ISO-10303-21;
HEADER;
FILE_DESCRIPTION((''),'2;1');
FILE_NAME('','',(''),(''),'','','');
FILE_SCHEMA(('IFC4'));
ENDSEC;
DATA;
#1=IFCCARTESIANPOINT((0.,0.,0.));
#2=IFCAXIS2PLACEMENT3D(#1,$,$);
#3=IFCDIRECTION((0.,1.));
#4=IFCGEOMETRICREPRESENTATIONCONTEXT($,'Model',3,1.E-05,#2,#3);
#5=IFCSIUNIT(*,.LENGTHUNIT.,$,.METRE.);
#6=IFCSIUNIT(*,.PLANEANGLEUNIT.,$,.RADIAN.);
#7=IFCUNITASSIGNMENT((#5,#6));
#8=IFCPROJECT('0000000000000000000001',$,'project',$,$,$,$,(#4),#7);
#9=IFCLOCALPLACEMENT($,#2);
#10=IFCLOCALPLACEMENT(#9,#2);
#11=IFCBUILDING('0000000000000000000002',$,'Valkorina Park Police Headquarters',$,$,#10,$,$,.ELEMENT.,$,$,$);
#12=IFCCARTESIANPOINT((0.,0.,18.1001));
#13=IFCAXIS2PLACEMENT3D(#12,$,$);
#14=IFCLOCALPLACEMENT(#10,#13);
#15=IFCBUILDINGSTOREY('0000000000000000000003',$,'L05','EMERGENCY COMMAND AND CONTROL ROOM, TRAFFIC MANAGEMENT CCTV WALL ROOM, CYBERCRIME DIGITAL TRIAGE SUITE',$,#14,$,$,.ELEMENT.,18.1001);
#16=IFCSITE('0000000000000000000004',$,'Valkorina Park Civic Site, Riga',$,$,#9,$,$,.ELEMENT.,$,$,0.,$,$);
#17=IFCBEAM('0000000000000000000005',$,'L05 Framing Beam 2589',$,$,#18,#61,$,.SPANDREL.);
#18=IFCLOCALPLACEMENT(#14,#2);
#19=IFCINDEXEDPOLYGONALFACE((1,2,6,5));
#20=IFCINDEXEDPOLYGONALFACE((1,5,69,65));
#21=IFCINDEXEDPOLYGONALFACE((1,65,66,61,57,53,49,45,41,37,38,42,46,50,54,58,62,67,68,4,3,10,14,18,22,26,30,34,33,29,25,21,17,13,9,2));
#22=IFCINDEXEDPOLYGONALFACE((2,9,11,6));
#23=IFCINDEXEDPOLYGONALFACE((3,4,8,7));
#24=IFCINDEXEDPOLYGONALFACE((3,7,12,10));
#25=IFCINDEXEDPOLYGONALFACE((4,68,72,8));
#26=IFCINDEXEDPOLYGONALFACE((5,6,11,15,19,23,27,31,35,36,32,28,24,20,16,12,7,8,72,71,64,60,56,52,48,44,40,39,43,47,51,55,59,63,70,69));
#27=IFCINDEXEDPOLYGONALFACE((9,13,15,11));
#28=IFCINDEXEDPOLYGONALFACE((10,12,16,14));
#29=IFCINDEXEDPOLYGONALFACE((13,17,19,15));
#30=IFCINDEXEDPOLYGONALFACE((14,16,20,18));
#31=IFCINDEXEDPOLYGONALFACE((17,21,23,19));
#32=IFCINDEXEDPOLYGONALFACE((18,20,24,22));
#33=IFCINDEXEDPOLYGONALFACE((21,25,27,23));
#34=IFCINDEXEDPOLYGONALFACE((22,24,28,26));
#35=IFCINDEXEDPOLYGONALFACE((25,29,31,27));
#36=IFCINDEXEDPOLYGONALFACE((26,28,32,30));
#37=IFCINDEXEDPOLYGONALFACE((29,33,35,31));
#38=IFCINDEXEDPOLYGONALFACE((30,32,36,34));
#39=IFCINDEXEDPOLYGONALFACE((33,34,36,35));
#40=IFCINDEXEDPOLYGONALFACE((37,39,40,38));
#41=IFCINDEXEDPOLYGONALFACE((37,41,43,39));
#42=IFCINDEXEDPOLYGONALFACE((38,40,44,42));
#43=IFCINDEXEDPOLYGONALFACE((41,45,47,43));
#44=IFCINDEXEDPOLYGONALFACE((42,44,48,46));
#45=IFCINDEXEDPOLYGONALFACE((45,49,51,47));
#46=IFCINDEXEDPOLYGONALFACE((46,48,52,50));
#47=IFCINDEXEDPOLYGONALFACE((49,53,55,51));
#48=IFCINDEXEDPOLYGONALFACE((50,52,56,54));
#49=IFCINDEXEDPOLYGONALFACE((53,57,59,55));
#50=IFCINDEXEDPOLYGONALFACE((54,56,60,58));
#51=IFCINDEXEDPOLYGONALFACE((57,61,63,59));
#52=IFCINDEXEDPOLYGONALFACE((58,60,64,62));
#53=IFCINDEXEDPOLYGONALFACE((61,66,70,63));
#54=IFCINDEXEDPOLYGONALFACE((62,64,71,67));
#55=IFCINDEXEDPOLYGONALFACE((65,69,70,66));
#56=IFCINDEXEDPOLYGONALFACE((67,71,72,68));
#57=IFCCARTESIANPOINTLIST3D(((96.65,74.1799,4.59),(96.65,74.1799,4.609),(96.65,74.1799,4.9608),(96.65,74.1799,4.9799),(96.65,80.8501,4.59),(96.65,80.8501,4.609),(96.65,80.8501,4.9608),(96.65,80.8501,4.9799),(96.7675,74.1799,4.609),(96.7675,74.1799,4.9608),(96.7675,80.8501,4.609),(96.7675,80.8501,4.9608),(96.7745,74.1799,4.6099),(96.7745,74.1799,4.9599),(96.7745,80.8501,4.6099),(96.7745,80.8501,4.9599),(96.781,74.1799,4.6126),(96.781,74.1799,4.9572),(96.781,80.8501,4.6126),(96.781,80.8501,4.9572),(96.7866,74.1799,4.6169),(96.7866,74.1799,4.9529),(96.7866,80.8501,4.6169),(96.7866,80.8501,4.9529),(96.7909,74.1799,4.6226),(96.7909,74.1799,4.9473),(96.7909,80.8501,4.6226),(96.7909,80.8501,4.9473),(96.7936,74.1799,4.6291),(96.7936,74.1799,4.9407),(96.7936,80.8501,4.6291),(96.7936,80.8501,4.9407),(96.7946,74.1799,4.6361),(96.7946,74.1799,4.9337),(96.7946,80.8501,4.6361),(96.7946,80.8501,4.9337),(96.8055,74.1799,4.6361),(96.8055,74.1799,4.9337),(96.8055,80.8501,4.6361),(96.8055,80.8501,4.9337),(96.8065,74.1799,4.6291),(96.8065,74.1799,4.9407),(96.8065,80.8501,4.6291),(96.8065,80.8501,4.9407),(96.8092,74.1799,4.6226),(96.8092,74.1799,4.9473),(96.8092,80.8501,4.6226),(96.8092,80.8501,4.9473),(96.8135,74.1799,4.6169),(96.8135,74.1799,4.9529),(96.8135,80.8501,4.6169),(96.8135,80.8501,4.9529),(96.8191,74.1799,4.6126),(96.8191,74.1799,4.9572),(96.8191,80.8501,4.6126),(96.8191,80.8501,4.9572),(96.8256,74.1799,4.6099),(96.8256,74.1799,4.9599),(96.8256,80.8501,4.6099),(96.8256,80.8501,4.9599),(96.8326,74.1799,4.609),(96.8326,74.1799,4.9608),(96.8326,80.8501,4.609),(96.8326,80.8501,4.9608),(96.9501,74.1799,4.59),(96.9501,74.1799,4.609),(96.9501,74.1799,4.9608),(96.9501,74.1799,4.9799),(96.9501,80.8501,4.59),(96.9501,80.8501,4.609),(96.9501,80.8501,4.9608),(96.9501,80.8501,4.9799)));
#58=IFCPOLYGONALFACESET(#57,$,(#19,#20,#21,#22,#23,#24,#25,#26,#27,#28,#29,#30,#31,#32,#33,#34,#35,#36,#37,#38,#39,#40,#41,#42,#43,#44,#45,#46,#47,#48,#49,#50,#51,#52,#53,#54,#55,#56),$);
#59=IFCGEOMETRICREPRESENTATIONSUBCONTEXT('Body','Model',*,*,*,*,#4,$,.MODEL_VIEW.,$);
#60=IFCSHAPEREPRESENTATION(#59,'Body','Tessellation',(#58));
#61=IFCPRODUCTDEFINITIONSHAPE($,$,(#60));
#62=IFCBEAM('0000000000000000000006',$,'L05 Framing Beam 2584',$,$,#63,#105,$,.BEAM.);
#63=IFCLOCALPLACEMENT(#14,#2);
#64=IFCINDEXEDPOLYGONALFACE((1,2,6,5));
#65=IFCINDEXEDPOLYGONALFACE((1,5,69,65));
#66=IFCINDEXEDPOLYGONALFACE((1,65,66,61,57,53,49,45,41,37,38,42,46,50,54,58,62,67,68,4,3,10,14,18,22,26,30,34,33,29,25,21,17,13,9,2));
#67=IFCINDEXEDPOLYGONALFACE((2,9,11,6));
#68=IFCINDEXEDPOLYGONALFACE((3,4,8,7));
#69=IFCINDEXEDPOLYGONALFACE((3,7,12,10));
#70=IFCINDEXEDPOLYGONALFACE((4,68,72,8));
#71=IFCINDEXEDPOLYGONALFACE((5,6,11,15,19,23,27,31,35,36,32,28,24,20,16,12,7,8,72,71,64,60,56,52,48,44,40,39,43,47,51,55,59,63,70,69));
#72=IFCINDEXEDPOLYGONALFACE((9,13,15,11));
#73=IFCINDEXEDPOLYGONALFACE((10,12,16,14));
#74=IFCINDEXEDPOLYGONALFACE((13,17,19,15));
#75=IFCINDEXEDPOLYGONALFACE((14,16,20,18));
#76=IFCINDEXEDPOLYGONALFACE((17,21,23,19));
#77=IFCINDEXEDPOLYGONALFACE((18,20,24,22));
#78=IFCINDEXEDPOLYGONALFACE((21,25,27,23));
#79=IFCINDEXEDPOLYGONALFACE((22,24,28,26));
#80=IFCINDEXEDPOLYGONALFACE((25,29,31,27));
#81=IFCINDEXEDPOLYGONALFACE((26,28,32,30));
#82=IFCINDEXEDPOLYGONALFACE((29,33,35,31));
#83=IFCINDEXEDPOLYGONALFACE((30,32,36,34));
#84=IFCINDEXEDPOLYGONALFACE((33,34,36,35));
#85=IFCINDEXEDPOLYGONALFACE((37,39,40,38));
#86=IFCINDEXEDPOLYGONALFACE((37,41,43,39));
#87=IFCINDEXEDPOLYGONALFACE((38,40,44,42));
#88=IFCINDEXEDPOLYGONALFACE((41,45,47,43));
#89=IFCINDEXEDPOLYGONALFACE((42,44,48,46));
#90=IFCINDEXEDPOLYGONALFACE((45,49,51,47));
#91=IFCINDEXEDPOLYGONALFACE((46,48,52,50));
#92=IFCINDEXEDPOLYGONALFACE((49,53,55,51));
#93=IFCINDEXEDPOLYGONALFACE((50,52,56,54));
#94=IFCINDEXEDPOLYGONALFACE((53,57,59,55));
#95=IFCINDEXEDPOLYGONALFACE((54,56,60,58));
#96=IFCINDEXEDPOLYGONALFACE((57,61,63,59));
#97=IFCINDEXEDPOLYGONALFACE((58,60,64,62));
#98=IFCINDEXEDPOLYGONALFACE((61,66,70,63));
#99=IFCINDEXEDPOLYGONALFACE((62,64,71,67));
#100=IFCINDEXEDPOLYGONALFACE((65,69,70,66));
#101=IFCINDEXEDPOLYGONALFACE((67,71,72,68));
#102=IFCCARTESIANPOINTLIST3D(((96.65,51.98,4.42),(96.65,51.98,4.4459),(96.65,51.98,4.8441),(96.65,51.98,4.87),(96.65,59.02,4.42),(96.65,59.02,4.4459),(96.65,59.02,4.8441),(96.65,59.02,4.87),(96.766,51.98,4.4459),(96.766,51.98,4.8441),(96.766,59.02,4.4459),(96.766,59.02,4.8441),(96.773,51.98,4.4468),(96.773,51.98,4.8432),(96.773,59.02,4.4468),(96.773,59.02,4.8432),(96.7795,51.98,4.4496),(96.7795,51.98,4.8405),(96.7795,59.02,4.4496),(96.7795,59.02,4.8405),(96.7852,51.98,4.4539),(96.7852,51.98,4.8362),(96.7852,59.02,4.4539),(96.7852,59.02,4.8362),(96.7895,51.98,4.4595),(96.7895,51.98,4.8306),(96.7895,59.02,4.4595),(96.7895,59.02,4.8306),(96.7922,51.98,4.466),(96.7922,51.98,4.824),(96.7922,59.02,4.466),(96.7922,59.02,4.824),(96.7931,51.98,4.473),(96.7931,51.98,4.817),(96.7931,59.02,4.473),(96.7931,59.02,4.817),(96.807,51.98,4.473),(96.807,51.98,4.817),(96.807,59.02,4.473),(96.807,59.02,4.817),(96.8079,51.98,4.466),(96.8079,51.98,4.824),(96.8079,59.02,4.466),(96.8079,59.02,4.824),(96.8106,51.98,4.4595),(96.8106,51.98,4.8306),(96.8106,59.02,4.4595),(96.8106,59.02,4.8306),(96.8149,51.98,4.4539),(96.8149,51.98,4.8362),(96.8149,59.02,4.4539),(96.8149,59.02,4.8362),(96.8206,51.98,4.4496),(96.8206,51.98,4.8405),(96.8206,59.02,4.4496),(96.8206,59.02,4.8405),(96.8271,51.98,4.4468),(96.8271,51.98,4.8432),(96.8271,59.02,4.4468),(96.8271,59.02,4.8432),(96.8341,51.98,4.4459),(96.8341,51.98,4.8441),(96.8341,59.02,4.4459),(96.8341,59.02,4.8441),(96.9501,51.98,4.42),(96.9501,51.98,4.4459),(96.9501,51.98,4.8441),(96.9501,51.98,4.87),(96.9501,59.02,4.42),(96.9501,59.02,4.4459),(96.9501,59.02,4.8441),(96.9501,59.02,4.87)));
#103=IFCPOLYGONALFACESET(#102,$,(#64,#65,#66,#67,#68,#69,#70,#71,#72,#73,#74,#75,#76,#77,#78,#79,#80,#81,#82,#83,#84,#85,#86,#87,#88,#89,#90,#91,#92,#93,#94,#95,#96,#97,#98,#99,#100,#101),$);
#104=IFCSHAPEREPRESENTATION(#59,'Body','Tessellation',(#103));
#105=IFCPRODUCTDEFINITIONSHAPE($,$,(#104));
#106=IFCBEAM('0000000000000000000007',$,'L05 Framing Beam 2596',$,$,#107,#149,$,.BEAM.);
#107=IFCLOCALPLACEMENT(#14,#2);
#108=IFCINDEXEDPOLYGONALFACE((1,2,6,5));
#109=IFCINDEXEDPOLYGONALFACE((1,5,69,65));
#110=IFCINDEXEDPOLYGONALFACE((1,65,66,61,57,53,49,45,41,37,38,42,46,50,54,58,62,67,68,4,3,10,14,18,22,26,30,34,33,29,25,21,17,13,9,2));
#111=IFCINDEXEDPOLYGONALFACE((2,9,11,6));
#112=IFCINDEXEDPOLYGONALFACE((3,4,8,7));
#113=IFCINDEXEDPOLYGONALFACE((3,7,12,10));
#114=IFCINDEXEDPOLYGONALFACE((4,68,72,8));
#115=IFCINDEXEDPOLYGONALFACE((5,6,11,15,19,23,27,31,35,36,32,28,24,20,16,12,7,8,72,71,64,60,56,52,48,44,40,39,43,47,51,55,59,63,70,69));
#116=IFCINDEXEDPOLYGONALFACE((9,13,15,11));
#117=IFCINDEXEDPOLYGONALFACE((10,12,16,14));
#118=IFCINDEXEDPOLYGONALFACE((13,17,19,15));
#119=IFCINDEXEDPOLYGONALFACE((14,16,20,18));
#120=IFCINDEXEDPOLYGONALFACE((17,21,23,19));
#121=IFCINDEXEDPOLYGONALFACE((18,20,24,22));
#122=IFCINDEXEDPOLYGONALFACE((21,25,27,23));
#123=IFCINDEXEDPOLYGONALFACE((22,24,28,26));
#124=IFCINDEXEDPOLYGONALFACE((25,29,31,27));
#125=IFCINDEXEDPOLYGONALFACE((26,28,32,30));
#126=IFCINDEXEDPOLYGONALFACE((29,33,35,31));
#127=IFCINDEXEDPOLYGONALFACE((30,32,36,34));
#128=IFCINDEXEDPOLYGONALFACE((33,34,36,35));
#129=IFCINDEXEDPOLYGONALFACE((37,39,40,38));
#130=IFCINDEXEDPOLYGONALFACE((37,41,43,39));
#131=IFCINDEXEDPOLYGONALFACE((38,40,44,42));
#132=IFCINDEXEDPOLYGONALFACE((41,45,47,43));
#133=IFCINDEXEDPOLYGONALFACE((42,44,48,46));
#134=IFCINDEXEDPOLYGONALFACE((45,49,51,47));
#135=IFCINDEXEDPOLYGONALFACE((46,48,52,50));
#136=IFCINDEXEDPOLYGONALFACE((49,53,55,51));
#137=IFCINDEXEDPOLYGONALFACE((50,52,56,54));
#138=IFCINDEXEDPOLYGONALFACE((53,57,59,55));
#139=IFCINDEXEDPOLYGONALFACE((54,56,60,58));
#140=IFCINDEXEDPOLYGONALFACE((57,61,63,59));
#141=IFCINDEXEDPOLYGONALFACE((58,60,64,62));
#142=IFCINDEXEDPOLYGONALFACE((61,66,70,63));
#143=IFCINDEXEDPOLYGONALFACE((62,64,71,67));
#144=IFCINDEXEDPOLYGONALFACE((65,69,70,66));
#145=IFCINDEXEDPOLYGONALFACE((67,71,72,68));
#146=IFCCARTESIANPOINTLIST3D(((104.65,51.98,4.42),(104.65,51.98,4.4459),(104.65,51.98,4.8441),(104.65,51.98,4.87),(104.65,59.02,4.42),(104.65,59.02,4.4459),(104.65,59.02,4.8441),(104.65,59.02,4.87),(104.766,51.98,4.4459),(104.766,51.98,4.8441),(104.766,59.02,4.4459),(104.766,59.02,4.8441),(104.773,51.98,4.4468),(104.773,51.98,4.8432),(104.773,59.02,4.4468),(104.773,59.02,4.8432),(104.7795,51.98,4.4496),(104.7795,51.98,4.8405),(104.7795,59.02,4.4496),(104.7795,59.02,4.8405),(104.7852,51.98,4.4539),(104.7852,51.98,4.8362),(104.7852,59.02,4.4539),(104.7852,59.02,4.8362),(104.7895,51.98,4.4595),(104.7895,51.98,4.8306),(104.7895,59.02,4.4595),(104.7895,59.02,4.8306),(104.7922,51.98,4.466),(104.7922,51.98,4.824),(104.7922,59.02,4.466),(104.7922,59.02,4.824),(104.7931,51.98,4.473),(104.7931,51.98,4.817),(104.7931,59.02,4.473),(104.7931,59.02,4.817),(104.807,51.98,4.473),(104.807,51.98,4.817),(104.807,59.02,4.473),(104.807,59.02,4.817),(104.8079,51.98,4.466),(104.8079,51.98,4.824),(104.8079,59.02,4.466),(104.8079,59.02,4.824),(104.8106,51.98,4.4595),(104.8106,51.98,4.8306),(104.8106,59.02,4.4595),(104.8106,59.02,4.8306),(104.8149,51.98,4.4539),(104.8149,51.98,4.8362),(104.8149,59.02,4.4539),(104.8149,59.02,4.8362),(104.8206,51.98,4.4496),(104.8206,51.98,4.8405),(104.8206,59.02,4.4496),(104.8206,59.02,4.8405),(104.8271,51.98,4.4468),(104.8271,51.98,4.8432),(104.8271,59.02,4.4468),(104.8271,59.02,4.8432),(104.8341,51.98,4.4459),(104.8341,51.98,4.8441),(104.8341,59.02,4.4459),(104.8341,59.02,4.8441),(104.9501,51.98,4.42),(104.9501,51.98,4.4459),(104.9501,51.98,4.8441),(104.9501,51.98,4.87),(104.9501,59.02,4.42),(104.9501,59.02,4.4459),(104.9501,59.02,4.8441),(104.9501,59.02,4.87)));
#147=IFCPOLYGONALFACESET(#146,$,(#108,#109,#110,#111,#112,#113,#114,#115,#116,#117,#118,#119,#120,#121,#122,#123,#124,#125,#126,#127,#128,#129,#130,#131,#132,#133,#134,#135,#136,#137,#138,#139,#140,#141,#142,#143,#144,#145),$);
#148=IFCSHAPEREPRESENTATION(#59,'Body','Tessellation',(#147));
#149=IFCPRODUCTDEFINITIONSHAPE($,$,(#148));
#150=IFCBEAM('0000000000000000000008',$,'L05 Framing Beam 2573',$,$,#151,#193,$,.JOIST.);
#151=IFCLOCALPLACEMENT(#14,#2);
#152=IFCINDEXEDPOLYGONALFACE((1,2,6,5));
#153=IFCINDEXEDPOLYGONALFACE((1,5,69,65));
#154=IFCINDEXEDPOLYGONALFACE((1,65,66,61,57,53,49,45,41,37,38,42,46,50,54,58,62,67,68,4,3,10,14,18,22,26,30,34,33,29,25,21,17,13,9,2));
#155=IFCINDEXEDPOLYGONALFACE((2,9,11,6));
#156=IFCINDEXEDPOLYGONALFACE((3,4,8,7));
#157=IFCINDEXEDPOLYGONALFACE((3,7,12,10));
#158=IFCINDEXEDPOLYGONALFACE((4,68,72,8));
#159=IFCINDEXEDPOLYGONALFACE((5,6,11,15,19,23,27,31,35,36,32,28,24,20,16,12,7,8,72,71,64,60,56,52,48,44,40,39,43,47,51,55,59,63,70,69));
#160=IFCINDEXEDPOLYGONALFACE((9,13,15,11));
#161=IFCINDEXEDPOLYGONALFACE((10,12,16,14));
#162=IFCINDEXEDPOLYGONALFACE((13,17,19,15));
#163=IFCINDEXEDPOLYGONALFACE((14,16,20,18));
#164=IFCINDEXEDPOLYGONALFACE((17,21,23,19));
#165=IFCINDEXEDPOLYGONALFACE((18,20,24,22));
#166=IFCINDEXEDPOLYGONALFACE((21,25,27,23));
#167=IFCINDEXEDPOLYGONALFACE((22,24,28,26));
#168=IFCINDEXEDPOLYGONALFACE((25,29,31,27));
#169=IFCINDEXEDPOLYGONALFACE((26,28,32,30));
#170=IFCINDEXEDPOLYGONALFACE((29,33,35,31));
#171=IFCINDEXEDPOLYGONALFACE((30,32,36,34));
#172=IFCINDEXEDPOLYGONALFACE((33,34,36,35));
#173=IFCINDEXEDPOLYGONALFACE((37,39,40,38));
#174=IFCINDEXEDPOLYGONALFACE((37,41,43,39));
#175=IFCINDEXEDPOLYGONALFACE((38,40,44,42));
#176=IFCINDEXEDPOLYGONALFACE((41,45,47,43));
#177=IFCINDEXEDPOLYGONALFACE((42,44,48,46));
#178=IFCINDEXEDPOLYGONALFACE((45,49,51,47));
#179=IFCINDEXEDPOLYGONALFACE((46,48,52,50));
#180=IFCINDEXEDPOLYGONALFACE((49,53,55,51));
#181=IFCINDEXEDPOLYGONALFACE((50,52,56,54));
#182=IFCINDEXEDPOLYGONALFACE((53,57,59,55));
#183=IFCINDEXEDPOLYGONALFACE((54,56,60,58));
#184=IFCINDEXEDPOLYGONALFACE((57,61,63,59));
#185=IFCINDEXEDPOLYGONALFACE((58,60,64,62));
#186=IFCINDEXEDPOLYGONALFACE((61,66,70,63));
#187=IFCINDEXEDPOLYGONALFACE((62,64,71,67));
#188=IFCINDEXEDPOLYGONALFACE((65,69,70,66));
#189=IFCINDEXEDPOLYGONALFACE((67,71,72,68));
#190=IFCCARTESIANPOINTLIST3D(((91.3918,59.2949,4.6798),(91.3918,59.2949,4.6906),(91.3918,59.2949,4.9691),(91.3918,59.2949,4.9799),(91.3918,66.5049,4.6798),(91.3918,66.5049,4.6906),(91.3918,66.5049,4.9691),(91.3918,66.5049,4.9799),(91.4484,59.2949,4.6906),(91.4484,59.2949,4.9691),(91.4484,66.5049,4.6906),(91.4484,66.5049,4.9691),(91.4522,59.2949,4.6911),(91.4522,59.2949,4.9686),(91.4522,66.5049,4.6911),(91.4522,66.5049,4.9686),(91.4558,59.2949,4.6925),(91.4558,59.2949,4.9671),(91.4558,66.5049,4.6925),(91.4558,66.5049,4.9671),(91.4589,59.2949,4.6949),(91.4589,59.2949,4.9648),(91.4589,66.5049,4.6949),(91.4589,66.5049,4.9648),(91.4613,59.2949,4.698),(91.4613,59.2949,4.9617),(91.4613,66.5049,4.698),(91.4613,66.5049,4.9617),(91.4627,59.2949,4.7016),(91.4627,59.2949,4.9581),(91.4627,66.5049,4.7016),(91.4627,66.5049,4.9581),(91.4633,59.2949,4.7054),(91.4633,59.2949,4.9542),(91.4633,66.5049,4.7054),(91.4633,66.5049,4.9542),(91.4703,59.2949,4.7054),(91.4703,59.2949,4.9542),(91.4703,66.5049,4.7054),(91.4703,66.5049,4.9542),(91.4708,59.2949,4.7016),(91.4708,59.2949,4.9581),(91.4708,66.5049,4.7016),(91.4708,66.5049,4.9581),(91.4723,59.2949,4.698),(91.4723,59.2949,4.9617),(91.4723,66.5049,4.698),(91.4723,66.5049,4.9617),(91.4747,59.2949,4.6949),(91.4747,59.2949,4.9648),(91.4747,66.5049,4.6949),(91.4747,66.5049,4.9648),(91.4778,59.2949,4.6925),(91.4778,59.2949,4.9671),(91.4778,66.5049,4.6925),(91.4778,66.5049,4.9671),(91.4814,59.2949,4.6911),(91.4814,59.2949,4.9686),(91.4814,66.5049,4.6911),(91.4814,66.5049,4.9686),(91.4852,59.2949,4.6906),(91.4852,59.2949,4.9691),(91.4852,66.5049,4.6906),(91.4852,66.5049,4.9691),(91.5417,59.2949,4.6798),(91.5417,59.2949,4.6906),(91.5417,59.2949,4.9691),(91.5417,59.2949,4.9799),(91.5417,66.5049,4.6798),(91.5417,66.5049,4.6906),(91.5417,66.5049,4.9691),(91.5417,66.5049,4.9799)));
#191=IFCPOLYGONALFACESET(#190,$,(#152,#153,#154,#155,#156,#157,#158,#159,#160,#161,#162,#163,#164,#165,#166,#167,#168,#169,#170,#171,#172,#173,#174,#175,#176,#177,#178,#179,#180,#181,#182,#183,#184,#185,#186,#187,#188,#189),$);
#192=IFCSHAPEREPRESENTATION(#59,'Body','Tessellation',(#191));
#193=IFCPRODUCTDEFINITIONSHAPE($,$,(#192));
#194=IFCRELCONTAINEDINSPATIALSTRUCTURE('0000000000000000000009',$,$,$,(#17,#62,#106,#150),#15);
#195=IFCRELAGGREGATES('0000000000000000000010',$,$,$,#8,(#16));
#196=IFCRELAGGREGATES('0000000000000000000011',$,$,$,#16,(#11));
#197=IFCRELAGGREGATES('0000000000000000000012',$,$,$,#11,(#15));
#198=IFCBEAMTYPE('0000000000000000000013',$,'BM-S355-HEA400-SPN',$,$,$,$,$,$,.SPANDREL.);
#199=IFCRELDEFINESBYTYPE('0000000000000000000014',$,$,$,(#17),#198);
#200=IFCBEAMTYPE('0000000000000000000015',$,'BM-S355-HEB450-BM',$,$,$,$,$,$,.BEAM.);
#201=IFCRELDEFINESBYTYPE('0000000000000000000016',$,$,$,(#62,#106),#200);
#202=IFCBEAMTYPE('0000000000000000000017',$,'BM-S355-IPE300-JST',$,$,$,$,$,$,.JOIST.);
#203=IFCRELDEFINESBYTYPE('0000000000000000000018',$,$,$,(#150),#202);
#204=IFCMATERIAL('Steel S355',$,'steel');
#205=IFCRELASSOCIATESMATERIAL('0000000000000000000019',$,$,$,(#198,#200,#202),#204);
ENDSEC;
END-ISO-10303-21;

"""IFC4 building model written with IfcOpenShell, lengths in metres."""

from ifc_helpers import new_model, si_unit, direction, frame, origin, origin_2d, place, context, subcontext, project, spatial, i_section, extrude, material, material_profile, profile_set, type_object, element, save


model = new_model("IFC4")

# Units and contexts
model_context = context("Model", 3, precision=1e-05, world=origin(), true_north=direction((0.0, 1.0)))
body_context = subcontext(model_context, "Body", "Model", "MODEL_VIEW")
ifc_project = project(units=[si_unit("LENGTHUNIT", "METRE"), si_unit("PLANEANGLEUNIT", "RADIAN")], contexts=[model_context])

# Site, building, storey
site_placement = place(None, origin())
site = spatial("IfcSite", under=ifc_project, at=site_placement, Name="Valkorina Park Civic Site, Riga", CompositionType="ELEMENT", RefElevation=0.0)
building_placement = place(site_placement, origin())
building = spatial("IfcBuilding", under=site, at=building_placement, Name="Valkorina Park Police Headquarters", CompositionType="ELEMENT")
storey_placement = place(building_placement, frame((0.0, 0.0, 18.1001)))
storey = spatial("IfcBuildingStorey", under=building, at=storey_placement, Name="L05", Description="EMERGENCY COMMAND AND CONTROL ROOM, TRAFFIC MANAGEMENT CCTV WALL ROOM, CYBERCRIME DIGITAL TRIAGE SUITE", CompositionType="ELEMENT", Elevation=18.1001)

# Shared definitions
ifc_material_1 = material(Name="Steel S355", Category="steel")

# Beams
ifc_material_profile_1 = material_profile(ifc_material_1, i_section(OverallWidth=0.3, OverallDepth=0.3899, WebThickness=0.011, FlangeThickness=0.019, FilletRadius=0.0271, at=origin_2d()), Name="HEA 400")
ifc_profile_set_1 = profile_set([ifc_material_profile_1], Name="Steel S355")
beam_type_1 = type_object("IfcBeamType", Name="BM-S355-HEA400-SPN", PredefinedType="SPANDREL", material=ifc_profile_set_1)
beam_1_placement = place(storey_placement, frame((96.8, 74.1799, 4.7849), z_axis=(0.0, 1.0, 0.0), x_axis=(-1.0, 0.0, 0.0)))
element("IfcBeam", 1, at=beam_1_placement, inside=storey, type_object=beam_type_1, Name="L05 Framing Beam 2589", PredefinedType="SPANDREL", context=body_context, shape_type="SweptSolid", body=[
    extrude(i_section(OverallWidth=0.3, OverallDepth=0.3899, WebThickness=0.011, FlangeThickness=0.019, FilletRadius=0.0271, at=origin_2d()), origin(), (0.0, 0.0, 1.0), 6.6702),
])
ifc_material_profile_2 = material_profile(ifc_material_1, i_section(OverallWidth=0.3, OverallDepth=0.45, WebThickness=0.0139, FlangeThickness=0.0259, FilletRadius=0.0271, at=origin_2d()), Name="HEB 450")
ifc_profile_set_2 = profile_set([ifc_material_profile_2], Name="Steel S355")
beam_type_2 = type_object("IfcBeamType", Name="BM-S355-HEB450-BM", PredefinedType="BEAM", material=ifc_profile_set_2)
for number, where, z_axis, x_axis, name in (
    (2, (96.8, 51.98, 4.645), (0.0, 1.0, 0.0), (-1.0, 0.0, 0.0), "L05 Framing Beam 2584"),
    (3, (104.8, 51.98, 4.645), (0.0, 1.0, 0.0), (-1.0, 0.0, 0.0), "L05 Framing Beam 2596"),
):
    element("IfcBeam", number, at=place(storey_placement, frame(where, z_axis=z_axis, x_axis=x_axis)), inside=storey, type_object=beam_type_2, Name=name, PredefinedType="BEAM", context=body_context, shape_type="SweptSolid", body=[
        extrude(i_section(OverallWidth=0.3, OverallDepth=0.45, WebThickness=0.0139, FlangeThickness=0.0259, FilletRadius=0.0271, at=origin_2d()), origin(), (0.0, 0.0, 1.0), 7.04),
    ])
ifc_material_profile_3 = material_profile(ifc_material_1, i_section(OverallWidth=0.1499, OverallDepth=0.3, WebThickness=0.0071, FlangeThickness=0.0107, FilletRadius=0.0149, at=origin_2d()), Name="IPE 300")
ifc_profile_set_3 = profile_set([ifc_material_profile_3], Name="Steel S355")
beam_type_3 = type_object("IfcBeamType", Name="BM-S355-IPE300-JST", PredefinedType="JOIST", material=ifc_profile_set_3)
for number, where, z_axis, x_axis, name in (
    (4, (91.4668, 59.2949, 4.8298), (0.0, 1.0, 0.0), (-1.0, 0.0, 0.0), "L05 Framing Beam 2573"),
):
    element("IfcBeam", number, at=place(storey_placement, frame(where, z_axis=z_axis, x_axis=x_axis)), inside=storey, type_object=beam_type_3, Name=name, PredefinedType="JOIST", context=body_context, shape_type="SweptSolid", body=[
        extrude(i_section(OverallWidth=0.1499, OverallDepth=0.3, WebThickness=0.0071, FlangeThickness=0.0107, FilletRadius=0.0149, at=origin_2d()), origin(), (0.0, 0.0, 1.0), 7.21),
    ])

save(model, "model.ifc")
